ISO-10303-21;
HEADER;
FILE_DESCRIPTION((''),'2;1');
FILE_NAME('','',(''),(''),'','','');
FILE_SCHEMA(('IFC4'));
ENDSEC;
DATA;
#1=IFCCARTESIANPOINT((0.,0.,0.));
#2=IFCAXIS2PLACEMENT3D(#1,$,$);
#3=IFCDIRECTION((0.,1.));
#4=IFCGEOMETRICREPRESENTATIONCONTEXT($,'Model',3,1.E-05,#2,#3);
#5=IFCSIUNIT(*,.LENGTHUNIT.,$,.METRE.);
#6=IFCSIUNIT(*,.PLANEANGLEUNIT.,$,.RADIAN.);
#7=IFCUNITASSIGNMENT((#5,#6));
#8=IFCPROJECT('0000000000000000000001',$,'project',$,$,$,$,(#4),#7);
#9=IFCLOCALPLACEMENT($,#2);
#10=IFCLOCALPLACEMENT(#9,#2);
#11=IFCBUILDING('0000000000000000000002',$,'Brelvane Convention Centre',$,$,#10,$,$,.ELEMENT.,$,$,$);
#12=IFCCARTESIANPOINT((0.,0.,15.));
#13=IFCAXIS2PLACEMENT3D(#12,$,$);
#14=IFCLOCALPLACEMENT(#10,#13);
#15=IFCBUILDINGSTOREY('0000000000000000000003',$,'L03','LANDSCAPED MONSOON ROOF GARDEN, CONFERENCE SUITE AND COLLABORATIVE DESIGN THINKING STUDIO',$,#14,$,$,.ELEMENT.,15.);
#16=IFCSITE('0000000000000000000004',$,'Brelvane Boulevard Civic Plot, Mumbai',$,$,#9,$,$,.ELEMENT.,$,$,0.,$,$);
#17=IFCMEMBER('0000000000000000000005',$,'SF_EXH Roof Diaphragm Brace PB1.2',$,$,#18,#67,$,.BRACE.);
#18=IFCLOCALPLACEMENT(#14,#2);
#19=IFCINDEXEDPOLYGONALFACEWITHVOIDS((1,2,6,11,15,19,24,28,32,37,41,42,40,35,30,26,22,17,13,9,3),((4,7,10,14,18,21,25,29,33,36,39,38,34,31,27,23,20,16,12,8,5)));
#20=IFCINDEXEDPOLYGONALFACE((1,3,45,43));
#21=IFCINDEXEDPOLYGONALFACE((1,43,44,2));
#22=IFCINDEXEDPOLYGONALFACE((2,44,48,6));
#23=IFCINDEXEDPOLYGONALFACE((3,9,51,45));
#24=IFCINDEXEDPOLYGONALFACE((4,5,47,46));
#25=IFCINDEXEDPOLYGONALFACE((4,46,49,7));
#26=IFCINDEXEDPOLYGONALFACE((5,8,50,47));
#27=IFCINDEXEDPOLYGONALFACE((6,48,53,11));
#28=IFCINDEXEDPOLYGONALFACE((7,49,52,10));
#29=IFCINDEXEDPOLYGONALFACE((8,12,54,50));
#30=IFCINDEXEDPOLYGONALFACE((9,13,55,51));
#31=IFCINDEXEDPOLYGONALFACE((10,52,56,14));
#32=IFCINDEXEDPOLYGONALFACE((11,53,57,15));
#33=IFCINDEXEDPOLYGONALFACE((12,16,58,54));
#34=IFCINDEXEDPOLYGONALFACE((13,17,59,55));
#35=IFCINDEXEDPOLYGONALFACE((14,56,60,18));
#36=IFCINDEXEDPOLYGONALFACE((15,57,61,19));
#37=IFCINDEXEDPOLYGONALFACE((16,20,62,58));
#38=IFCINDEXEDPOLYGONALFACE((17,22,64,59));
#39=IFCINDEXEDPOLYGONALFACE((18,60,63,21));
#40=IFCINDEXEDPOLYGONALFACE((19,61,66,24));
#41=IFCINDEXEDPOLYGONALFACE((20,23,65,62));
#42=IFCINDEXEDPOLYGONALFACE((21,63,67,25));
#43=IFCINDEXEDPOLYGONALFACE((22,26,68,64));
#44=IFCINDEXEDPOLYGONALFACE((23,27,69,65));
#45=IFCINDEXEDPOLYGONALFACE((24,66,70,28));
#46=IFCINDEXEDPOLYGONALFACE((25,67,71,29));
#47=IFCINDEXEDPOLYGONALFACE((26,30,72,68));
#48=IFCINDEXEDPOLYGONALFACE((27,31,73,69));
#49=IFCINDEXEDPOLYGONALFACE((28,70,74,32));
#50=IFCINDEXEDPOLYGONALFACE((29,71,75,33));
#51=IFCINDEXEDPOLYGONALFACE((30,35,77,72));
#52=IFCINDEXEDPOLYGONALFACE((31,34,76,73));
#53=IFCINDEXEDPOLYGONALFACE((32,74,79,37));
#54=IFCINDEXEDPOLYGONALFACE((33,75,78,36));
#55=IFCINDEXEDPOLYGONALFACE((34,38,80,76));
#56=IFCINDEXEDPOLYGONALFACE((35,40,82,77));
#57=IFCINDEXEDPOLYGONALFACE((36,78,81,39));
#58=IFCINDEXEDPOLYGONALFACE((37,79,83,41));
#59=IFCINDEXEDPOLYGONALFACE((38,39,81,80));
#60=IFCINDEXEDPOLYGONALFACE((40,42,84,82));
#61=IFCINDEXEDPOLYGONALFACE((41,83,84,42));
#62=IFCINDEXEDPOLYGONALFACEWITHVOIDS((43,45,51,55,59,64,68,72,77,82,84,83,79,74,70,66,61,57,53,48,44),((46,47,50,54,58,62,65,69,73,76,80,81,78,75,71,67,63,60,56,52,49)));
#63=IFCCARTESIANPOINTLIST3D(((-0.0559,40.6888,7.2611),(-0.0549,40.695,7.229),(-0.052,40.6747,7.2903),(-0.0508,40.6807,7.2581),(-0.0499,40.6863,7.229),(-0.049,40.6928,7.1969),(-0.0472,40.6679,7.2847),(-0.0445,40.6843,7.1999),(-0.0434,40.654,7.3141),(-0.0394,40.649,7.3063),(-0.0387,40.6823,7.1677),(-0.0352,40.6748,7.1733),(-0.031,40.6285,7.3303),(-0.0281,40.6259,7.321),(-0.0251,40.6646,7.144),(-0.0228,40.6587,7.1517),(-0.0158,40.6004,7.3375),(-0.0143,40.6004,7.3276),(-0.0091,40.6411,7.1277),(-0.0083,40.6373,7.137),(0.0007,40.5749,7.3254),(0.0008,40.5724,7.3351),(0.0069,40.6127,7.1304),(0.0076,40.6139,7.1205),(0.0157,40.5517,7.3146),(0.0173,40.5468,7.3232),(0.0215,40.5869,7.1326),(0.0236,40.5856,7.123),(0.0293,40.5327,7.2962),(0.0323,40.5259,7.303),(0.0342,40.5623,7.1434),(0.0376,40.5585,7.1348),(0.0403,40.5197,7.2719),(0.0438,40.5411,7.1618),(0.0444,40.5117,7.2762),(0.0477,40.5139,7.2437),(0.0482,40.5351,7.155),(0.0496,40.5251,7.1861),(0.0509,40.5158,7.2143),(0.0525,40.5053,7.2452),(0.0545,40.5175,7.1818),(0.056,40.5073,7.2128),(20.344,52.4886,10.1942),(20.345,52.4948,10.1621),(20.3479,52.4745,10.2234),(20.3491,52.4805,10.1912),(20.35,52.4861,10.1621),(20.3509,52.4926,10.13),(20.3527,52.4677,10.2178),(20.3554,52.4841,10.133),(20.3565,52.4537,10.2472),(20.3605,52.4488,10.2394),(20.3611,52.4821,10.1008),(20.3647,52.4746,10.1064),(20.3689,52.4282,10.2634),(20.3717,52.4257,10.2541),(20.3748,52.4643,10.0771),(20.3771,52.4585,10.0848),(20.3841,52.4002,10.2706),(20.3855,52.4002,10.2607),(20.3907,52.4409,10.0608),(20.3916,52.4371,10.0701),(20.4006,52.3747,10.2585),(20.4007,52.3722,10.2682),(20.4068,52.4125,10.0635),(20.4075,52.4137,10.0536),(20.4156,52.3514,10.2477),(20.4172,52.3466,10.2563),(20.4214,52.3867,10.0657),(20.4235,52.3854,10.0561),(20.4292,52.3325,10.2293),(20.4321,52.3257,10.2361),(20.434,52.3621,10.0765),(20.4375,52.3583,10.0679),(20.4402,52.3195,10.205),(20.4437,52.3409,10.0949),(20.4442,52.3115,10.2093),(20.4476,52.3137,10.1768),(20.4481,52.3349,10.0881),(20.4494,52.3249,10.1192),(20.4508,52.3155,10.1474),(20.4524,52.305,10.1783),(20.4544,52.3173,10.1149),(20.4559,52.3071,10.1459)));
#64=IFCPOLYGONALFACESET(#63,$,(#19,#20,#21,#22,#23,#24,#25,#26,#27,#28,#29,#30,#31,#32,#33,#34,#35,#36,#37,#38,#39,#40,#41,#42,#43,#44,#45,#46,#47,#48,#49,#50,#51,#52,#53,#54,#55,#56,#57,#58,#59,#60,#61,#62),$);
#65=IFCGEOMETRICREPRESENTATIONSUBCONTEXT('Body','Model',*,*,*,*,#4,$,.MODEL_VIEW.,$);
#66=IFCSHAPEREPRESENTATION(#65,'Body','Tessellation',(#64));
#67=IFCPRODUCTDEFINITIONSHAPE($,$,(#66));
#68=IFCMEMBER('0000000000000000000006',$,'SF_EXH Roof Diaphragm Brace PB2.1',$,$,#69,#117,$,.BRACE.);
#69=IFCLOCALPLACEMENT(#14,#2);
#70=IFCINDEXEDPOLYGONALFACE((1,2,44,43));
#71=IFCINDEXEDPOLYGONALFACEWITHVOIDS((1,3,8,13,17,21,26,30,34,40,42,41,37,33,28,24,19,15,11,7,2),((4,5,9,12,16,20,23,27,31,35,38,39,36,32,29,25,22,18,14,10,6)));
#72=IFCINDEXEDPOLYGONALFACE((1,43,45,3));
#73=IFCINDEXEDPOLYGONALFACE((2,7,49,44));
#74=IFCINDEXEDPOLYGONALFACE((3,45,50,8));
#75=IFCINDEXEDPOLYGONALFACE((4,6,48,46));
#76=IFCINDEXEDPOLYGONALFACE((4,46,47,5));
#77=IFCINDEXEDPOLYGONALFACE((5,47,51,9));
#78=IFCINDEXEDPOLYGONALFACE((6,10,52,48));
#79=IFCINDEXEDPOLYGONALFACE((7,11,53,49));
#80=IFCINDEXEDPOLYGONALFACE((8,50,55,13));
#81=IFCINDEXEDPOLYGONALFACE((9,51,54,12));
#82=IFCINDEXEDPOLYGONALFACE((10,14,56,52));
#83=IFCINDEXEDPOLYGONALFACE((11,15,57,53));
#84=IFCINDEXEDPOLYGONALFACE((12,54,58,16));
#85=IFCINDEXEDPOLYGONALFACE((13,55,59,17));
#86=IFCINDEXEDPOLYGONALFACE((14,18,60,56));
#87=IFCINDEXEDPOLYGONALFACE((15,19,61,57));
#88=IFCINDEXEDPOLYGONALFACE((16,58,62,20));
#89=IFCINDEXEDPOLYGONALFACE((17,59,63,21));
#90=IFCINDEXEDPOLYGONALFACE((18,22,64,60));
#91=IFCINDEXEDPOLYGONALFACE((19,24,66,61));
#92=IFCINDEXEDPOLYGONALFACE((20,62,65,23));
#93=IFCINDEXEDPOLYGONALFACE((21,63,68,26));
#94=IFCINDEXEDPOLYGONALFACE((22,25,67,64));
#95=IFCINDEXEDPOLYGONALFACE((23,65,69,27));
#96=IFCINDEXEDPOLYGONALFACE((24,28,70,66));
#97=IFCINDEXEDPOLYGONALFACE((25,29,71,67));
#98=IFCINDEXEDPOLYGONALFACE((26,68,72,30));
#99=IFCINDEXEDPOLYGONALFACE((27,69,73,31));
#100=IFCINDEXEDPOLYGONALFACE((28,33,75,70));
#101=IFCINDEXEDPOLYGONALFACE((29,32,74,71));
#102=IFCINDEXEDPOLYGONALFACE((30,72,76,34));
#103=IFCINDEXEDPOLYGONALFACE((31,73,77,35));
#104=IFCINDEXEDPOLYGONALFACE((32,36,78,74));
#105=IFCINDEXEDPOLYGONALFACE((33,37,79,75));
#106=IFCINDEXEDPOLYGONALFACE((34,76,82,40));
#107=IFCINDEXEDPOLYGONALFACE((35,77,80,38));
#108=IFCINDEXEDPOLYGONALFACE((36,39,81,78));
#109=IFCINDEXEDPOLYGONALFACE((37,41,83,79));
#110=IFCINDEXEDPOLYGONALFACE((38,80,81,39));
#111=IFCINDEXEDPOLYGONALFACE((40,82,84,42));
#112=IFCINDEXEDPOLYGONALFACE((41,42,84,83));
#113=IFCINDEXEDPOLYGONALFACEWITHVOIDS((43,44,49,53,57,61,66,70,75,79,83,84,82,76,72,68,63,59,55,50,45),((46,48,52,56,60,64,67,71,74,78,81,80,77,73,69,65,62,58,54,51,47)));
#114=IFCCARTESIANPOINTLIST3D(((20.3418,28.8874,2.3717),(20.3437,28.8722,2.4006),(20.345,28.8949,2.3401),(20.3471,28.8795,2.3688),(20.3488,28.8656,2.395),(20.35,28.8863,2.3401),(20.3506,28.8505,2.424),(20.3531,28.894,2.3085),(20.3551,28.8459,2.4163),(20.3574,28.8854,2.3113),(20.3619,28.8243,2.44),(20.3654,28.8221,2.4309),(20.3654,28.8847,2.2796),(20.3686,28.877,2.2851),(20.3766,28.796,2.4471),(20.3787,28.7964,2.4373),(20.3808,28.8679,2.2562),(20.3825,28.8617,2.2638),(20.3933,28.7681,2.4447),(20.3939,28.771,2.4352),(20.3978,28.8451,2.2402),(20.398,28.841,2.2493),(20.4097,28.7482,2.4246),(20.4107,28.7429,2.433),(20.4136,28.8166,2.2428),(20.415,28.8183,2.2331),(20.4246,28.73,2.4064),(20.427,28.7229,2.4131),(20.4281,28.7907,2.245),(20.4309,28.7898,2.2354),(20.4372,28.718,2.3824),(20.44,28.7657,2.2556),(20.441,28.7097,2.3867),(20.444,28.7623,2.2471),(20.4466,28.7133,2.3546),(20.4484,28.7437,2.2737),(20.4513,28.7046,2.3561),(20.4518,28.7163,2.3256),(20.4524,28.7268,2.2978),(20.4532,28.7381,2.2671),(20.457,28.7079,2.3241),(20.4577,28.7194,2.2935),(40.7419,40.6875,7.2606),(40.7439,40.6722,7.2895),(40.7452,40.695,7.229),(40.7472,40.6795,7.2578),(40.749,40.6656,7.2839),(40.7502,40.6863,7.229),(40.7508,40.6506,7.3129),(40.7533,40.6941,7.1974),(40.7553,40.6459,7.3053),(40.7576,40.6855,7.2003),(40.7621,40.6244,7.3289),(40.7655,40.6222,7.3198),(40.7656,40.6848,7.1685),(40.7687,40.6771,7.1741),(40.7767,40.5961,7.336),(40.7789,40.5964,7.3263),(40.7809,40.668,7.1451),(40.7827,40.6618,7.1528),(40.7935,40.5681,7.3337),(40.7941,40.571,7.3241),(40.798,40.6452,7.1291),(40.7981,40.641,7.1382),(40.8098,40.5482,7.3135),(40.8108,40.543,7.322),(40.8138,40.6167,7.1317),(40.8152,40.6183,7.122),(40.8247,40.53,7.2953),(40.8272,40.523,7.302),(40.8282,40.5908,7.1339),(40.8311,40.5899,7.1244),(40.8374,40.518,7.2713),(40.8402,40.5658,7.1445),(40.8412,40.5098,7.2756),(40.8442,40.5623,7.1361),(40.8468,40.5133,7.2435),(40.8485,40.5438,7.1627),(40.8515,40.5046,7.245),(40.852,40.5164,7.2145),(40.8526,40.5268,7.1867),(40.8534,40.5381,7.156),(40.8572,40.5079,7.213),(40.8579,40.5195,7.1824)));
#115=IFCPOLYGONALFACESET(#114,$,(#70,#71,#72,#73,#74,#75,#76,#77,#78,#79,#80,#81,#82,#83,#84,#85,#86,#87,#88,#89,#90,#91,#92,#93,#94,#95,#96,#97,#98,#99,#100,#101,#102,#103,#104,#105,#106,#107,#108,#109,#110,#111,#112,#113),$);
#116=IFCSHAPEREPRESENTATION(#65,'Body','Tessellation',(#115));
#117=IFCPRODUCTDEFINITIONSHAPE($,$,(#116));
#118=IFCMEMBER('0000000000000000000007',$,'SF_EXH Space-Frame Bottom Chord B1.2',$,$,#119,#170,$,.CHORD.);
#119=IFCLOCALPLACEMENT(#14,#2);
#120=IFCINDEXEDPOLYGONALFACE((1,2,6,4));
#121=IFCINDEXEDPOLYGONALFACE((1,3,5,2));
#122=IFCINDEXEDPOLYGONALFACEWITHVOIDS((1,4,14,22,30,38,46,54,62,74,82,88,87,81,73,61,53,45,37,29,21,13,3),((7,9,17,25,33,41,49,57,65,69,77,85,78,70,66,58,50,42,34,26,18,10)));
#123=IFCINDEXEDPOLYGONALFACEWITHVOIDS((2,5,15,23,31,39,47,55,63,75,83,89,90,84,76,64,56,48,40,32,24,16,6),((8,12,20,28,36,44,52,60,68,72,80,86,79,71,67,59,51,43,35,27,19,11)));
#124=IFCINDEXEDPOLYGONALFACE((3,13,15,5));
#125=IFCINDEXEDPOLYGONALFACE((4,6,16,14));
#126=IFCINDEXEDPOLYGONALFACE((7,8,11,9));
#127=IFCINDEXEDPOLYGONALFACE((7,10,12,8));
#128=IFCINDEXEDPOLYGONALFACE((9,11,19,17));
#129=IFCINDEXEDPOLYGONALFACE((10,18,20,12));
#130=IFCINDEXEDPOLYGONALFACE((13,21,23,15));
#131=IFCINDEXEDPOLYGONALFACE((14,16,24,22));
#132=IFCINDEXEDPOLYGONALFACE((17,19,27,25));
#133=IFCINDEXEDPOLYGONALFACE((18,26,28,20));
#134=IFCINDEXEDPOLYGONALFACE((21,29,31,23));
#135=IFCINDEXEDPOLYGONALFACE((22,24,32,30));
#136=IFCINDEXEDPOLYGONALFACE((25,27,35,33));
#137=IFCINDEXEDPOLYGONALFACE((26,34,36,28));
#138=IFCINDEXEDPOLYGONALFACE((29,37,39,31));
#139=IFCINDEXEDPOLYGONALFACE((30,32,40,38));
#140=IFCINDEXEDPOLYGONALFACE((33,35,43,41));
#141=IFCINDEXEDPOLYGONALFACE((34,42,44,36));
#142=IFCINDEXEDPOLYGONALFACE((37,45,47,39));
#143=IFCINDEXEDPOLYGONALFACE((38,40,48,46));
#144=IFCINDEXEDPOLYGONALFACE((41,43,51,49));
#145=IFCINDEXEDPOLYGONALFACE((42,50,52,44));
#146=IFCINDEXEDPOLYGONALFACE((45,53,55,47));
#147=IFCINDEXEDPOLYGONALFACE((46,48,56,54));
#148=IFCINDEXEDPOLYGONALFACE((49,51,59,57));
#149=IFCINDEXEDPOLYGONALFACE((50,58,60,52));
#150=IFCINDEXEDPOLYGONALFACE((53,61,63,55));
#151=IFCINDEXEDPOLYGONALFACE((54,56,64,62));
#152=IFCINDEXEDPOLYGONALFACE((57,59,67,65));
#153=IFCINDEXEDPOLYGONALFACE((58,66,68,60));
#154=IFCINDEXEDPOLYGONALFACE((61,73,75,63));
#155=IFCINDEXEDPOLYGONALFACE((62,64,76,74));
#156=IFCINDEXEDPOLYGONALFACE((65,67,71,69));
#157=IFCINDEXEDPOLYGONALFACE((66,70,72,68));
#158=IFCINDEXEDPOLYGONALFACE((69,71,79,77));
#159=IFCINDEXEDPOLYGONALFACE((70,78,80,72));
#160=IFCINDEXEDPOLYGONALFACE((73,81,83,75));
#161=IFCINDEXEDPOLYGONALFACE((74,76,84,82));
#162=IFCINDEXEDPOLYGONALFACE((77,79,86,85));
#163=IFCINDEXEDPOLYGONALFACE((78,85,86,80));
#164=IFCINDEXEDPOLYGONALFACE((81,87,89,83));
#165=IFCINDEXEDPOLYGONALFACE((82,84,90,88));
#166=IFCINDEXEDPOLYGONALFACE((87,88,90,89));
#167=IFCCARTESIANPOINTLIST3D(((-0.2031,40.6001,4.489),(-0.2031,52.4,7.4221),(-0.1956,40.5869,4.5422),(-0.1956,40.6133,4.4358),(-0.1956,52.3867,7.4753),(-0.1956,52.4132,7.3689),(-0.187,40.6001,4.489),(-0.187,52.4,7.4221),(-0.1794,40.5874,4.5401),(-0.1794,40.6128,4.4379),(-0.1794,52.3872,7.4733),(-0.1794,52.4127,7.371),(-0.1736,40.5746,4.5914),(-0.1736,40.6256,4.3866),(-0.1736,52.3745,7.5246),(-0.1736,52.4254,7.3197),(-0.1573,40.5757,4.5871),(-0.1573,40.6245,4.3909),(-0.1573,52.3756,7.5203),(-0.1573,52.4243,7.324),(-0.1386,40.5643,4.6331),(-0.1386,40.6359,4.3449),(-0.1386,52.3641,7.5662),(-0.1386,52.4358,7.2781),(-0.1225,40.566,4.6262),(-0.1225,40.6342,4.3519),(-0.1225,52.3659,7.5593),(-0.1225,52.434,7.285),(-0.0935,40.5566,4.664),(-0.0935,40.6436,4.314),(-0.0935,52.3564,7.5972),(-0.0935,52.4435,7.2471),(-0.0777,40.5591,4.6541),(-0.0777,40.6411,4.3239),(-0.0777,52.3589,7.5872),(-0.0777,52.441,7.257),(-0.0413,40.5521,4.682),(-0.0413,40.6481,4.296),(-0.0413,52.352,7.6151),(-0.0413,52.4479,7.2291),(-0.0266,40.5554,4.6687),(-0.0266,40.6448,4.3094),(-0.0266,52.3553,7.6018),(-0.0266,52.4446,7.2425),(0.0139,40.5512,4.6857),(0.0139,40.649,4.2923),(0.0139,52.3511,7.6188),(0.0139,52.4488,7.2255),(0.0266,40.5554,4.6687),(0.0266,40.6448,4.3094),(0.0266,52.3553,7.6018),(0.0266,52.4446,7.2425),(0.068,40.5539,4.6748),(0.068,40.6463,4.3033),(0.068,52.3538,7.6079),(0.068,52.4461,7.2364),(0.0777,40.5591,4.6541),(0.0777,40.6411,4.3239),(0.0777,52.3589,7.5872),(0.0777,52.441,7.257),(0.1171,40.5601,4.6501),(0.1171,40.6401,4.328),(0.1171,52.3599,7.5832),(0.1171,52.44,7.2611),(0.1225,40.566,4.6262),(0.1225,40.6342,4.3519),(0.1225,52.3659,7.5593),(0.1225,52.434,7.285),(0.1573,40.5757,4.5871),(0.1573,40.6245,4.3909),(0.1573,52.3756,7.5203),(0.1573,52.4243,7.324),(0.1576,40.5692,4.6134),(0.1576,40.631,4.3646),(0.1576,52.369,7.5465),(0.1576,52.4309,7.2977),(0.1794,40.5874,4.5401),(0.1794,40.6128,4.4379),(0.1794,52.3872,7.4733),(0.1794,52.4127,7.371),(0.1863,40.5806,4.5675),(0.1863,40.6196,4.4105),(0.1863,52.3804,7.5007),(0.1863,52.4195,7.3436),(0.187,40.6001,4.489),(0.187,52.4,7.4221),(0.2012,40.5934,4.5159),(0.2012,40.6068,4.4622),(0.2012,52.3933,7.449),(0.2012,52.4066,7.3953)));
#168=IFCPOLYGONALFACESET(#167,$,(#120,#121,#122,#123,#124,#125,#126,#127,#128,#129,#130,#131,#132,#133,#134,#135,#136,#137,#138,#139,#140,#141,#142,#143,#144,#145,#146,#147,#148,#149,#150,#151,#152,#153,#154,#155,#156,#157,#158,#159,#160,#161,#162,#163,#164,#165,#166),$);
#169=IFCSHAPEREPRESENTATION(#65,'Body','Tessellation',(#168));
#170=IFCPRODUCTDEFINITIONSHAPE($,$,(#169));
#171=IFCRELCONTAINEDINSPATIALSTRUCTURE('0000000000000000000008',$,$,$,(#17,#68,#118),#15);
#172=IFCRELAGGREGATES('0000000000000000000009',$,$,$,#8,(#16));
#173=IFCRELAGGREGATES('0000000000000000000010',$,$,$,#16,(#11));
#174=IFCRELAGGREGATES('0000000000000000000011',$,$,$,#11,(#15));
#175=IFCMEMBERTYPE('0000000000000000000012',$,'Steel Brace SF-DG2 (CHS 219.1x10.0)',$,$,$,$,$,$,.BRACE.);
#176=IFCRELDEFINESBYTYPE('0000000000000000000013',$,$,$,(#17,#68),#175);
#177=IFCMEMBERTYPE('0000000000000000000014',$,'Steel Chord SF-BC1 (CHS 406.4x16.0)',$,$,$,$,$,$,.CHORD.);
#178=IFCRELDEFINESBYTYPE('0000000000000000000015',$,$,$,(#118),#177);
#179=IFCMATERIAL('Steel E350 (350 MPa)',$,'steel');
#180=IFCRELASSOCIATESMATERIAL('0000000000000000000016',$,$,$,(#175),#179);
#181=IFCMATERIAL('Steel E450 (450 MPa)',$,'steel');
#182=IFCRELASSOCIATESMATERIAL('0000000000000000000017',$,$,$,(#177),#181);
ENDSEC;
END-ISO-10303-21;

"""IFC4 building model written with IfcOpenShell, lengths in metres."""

from ifc_helpers import new_model, si_unit, direction, frame, origin, origin_2d, place, context, subcontext, project, spatial, hollow_circle, extrude, material, material_profile, profile_set, type_object, element, save


model = new_model("IFC4")

# Units and contexts
model_context = context("Model", 3, precision=1e-05, world=origin(), true_north=direction((0.0, 1.0)))
body_context = subcontext(model_context, "Body", "Model", "MODEL_VIEW")
ifc_project = project(units=[si_unit("LENGTHUNIT", "METRE"), si_unit("PLANEANGLEUNIT", "RADIAN")], contexts=[model_context])

# Site, building, storey
site_placement = place(None, origin())
site = spatial("IfcSite", under=ifc_project, at=site_placement, Name="Brelvane Boulevard Civic Plot, Mumbai", CompositionType="ELEMENT", RefElevation=0.0)
building_placement = place(site_placement, origin())
building = spatial("IfcBuilding", under=site, at=building_placement, Name="Brelvane Convention Centre", CompositionType="ELEMENT")
storey_placement = place(building_placement, frame((0.0, 0.0, 15.0)))
storey = spatial("IfcBuildingStorey", under=building, at=storey_placement, Name="L03", Description="LANDSCAPED MONSOON ROOF GARDEN, CONFERENCE SUITE AND COLLABORATIVE DESIGN THINKING STUDIO", CompositionType="ELEMENT", Elevation=15.0)

# Members
ifc_material_1 = material(Name="Steel E350 (350 MPa)", Category="steel")
ifc_material_profile_1 = material_profile(ifc_material_1, hollow_circle(Radius=0.1096, WallThickness=0.01, at=origin_2d()), Name="CHS 219.1x10.0")
ifc_profile_set_1 = profile_set([ifc_material_profile_1], Name="Steel E350 (350 MPa)")
member_type_1 = type_object("IfcMemberType", Name="Steel Brace SF-DG2 (CHS 219.1x10.0)", PredefinedType="BRACE", material=ifc_profile_set_1)
member_1_placement = place(storey_placement, frame((0.0, 40.6001, 7.229), z_axis=(0.858995, 0.496864, 0.123507), x_axis=(-0.500697, 0.865622, 0.0)))
element("IfcMember", 1, at=member_1_placement, inside=storey, type_object=member_type_1, Name="SF_EXH Roof Diaphragm Brace PB1.2", PredefinedType="BRACE", context=body_context, shape_type="SweptSolid", body=[
    extrude(hollow_circle(Radius=0.1096, WallThickness=0.01, at=origin_2d()), origin(), (0.0, 0.0, 1.0), 23.7485),
])
member_2_placement = place(storey_placement, frame((20.3999, 28.8, 2.3401), z_axis=(0.847575, 0.490263, 0.203122), x_axis=(-0.500701, 0.865621, 0.0)))
element("IfcMember", 2, at=member_2_placement, inside=storey, type_object=member_type_1, Name="SF_EXH Roof Diaphragm Brace PB2.1", PredefinedType="BRACE", context=body_context, shape_type="SweptSolid", body=[
    extrude(hollow_circle(Radius=0.1096, WallThickness=0.01, at=origin_2d()), origin(), (0.0, 0.0, 1.0), 24.0688),
])
ifc_material_2 = material(Name="Steel E450 (450 MPa)", Category="steel")
ifc_material_profile_2 = material_profile(ifc_material_2, hollow_circle(Radius=0.2031, WallThickness=0.0161, at=origin_2d()), Name="CHS 406.4x16.0")
ifc_profile_set_2 = profile_set([ifc_material_profile_2], Name="Steel E450 (450 MPa)")
member_type_2 = type_object("IfcMemberType", Name="Steel Chord SF-BC1 (CHS 406.4x16.0)", PredefinedType="CHORD", material=ifc_profile_set_2)
member_3_placement = place(storey_placement, frame((0.0, 40.6001, 4.489), z_axis=(0.0, 0.970468, 0.241231), x_axis=(-1.0, 0.0, 0.0)))
element("IfcMember", 3, at=member_3_placement, inside=storey, type_object=member_type_2, Name="SF_EXH Space-Frame Bottom Chord B1.2", PredefinedType="CHORD", context=body_context, shape_type="SweptSolid", body=[
    extrude(hollow_circle(Radius=0.2031, WallThickness=0.0161, at=origin_2d()), origin(), (0.0, 0.0, 1.0), 12.1589),
])

save(model, "model.ifc")
